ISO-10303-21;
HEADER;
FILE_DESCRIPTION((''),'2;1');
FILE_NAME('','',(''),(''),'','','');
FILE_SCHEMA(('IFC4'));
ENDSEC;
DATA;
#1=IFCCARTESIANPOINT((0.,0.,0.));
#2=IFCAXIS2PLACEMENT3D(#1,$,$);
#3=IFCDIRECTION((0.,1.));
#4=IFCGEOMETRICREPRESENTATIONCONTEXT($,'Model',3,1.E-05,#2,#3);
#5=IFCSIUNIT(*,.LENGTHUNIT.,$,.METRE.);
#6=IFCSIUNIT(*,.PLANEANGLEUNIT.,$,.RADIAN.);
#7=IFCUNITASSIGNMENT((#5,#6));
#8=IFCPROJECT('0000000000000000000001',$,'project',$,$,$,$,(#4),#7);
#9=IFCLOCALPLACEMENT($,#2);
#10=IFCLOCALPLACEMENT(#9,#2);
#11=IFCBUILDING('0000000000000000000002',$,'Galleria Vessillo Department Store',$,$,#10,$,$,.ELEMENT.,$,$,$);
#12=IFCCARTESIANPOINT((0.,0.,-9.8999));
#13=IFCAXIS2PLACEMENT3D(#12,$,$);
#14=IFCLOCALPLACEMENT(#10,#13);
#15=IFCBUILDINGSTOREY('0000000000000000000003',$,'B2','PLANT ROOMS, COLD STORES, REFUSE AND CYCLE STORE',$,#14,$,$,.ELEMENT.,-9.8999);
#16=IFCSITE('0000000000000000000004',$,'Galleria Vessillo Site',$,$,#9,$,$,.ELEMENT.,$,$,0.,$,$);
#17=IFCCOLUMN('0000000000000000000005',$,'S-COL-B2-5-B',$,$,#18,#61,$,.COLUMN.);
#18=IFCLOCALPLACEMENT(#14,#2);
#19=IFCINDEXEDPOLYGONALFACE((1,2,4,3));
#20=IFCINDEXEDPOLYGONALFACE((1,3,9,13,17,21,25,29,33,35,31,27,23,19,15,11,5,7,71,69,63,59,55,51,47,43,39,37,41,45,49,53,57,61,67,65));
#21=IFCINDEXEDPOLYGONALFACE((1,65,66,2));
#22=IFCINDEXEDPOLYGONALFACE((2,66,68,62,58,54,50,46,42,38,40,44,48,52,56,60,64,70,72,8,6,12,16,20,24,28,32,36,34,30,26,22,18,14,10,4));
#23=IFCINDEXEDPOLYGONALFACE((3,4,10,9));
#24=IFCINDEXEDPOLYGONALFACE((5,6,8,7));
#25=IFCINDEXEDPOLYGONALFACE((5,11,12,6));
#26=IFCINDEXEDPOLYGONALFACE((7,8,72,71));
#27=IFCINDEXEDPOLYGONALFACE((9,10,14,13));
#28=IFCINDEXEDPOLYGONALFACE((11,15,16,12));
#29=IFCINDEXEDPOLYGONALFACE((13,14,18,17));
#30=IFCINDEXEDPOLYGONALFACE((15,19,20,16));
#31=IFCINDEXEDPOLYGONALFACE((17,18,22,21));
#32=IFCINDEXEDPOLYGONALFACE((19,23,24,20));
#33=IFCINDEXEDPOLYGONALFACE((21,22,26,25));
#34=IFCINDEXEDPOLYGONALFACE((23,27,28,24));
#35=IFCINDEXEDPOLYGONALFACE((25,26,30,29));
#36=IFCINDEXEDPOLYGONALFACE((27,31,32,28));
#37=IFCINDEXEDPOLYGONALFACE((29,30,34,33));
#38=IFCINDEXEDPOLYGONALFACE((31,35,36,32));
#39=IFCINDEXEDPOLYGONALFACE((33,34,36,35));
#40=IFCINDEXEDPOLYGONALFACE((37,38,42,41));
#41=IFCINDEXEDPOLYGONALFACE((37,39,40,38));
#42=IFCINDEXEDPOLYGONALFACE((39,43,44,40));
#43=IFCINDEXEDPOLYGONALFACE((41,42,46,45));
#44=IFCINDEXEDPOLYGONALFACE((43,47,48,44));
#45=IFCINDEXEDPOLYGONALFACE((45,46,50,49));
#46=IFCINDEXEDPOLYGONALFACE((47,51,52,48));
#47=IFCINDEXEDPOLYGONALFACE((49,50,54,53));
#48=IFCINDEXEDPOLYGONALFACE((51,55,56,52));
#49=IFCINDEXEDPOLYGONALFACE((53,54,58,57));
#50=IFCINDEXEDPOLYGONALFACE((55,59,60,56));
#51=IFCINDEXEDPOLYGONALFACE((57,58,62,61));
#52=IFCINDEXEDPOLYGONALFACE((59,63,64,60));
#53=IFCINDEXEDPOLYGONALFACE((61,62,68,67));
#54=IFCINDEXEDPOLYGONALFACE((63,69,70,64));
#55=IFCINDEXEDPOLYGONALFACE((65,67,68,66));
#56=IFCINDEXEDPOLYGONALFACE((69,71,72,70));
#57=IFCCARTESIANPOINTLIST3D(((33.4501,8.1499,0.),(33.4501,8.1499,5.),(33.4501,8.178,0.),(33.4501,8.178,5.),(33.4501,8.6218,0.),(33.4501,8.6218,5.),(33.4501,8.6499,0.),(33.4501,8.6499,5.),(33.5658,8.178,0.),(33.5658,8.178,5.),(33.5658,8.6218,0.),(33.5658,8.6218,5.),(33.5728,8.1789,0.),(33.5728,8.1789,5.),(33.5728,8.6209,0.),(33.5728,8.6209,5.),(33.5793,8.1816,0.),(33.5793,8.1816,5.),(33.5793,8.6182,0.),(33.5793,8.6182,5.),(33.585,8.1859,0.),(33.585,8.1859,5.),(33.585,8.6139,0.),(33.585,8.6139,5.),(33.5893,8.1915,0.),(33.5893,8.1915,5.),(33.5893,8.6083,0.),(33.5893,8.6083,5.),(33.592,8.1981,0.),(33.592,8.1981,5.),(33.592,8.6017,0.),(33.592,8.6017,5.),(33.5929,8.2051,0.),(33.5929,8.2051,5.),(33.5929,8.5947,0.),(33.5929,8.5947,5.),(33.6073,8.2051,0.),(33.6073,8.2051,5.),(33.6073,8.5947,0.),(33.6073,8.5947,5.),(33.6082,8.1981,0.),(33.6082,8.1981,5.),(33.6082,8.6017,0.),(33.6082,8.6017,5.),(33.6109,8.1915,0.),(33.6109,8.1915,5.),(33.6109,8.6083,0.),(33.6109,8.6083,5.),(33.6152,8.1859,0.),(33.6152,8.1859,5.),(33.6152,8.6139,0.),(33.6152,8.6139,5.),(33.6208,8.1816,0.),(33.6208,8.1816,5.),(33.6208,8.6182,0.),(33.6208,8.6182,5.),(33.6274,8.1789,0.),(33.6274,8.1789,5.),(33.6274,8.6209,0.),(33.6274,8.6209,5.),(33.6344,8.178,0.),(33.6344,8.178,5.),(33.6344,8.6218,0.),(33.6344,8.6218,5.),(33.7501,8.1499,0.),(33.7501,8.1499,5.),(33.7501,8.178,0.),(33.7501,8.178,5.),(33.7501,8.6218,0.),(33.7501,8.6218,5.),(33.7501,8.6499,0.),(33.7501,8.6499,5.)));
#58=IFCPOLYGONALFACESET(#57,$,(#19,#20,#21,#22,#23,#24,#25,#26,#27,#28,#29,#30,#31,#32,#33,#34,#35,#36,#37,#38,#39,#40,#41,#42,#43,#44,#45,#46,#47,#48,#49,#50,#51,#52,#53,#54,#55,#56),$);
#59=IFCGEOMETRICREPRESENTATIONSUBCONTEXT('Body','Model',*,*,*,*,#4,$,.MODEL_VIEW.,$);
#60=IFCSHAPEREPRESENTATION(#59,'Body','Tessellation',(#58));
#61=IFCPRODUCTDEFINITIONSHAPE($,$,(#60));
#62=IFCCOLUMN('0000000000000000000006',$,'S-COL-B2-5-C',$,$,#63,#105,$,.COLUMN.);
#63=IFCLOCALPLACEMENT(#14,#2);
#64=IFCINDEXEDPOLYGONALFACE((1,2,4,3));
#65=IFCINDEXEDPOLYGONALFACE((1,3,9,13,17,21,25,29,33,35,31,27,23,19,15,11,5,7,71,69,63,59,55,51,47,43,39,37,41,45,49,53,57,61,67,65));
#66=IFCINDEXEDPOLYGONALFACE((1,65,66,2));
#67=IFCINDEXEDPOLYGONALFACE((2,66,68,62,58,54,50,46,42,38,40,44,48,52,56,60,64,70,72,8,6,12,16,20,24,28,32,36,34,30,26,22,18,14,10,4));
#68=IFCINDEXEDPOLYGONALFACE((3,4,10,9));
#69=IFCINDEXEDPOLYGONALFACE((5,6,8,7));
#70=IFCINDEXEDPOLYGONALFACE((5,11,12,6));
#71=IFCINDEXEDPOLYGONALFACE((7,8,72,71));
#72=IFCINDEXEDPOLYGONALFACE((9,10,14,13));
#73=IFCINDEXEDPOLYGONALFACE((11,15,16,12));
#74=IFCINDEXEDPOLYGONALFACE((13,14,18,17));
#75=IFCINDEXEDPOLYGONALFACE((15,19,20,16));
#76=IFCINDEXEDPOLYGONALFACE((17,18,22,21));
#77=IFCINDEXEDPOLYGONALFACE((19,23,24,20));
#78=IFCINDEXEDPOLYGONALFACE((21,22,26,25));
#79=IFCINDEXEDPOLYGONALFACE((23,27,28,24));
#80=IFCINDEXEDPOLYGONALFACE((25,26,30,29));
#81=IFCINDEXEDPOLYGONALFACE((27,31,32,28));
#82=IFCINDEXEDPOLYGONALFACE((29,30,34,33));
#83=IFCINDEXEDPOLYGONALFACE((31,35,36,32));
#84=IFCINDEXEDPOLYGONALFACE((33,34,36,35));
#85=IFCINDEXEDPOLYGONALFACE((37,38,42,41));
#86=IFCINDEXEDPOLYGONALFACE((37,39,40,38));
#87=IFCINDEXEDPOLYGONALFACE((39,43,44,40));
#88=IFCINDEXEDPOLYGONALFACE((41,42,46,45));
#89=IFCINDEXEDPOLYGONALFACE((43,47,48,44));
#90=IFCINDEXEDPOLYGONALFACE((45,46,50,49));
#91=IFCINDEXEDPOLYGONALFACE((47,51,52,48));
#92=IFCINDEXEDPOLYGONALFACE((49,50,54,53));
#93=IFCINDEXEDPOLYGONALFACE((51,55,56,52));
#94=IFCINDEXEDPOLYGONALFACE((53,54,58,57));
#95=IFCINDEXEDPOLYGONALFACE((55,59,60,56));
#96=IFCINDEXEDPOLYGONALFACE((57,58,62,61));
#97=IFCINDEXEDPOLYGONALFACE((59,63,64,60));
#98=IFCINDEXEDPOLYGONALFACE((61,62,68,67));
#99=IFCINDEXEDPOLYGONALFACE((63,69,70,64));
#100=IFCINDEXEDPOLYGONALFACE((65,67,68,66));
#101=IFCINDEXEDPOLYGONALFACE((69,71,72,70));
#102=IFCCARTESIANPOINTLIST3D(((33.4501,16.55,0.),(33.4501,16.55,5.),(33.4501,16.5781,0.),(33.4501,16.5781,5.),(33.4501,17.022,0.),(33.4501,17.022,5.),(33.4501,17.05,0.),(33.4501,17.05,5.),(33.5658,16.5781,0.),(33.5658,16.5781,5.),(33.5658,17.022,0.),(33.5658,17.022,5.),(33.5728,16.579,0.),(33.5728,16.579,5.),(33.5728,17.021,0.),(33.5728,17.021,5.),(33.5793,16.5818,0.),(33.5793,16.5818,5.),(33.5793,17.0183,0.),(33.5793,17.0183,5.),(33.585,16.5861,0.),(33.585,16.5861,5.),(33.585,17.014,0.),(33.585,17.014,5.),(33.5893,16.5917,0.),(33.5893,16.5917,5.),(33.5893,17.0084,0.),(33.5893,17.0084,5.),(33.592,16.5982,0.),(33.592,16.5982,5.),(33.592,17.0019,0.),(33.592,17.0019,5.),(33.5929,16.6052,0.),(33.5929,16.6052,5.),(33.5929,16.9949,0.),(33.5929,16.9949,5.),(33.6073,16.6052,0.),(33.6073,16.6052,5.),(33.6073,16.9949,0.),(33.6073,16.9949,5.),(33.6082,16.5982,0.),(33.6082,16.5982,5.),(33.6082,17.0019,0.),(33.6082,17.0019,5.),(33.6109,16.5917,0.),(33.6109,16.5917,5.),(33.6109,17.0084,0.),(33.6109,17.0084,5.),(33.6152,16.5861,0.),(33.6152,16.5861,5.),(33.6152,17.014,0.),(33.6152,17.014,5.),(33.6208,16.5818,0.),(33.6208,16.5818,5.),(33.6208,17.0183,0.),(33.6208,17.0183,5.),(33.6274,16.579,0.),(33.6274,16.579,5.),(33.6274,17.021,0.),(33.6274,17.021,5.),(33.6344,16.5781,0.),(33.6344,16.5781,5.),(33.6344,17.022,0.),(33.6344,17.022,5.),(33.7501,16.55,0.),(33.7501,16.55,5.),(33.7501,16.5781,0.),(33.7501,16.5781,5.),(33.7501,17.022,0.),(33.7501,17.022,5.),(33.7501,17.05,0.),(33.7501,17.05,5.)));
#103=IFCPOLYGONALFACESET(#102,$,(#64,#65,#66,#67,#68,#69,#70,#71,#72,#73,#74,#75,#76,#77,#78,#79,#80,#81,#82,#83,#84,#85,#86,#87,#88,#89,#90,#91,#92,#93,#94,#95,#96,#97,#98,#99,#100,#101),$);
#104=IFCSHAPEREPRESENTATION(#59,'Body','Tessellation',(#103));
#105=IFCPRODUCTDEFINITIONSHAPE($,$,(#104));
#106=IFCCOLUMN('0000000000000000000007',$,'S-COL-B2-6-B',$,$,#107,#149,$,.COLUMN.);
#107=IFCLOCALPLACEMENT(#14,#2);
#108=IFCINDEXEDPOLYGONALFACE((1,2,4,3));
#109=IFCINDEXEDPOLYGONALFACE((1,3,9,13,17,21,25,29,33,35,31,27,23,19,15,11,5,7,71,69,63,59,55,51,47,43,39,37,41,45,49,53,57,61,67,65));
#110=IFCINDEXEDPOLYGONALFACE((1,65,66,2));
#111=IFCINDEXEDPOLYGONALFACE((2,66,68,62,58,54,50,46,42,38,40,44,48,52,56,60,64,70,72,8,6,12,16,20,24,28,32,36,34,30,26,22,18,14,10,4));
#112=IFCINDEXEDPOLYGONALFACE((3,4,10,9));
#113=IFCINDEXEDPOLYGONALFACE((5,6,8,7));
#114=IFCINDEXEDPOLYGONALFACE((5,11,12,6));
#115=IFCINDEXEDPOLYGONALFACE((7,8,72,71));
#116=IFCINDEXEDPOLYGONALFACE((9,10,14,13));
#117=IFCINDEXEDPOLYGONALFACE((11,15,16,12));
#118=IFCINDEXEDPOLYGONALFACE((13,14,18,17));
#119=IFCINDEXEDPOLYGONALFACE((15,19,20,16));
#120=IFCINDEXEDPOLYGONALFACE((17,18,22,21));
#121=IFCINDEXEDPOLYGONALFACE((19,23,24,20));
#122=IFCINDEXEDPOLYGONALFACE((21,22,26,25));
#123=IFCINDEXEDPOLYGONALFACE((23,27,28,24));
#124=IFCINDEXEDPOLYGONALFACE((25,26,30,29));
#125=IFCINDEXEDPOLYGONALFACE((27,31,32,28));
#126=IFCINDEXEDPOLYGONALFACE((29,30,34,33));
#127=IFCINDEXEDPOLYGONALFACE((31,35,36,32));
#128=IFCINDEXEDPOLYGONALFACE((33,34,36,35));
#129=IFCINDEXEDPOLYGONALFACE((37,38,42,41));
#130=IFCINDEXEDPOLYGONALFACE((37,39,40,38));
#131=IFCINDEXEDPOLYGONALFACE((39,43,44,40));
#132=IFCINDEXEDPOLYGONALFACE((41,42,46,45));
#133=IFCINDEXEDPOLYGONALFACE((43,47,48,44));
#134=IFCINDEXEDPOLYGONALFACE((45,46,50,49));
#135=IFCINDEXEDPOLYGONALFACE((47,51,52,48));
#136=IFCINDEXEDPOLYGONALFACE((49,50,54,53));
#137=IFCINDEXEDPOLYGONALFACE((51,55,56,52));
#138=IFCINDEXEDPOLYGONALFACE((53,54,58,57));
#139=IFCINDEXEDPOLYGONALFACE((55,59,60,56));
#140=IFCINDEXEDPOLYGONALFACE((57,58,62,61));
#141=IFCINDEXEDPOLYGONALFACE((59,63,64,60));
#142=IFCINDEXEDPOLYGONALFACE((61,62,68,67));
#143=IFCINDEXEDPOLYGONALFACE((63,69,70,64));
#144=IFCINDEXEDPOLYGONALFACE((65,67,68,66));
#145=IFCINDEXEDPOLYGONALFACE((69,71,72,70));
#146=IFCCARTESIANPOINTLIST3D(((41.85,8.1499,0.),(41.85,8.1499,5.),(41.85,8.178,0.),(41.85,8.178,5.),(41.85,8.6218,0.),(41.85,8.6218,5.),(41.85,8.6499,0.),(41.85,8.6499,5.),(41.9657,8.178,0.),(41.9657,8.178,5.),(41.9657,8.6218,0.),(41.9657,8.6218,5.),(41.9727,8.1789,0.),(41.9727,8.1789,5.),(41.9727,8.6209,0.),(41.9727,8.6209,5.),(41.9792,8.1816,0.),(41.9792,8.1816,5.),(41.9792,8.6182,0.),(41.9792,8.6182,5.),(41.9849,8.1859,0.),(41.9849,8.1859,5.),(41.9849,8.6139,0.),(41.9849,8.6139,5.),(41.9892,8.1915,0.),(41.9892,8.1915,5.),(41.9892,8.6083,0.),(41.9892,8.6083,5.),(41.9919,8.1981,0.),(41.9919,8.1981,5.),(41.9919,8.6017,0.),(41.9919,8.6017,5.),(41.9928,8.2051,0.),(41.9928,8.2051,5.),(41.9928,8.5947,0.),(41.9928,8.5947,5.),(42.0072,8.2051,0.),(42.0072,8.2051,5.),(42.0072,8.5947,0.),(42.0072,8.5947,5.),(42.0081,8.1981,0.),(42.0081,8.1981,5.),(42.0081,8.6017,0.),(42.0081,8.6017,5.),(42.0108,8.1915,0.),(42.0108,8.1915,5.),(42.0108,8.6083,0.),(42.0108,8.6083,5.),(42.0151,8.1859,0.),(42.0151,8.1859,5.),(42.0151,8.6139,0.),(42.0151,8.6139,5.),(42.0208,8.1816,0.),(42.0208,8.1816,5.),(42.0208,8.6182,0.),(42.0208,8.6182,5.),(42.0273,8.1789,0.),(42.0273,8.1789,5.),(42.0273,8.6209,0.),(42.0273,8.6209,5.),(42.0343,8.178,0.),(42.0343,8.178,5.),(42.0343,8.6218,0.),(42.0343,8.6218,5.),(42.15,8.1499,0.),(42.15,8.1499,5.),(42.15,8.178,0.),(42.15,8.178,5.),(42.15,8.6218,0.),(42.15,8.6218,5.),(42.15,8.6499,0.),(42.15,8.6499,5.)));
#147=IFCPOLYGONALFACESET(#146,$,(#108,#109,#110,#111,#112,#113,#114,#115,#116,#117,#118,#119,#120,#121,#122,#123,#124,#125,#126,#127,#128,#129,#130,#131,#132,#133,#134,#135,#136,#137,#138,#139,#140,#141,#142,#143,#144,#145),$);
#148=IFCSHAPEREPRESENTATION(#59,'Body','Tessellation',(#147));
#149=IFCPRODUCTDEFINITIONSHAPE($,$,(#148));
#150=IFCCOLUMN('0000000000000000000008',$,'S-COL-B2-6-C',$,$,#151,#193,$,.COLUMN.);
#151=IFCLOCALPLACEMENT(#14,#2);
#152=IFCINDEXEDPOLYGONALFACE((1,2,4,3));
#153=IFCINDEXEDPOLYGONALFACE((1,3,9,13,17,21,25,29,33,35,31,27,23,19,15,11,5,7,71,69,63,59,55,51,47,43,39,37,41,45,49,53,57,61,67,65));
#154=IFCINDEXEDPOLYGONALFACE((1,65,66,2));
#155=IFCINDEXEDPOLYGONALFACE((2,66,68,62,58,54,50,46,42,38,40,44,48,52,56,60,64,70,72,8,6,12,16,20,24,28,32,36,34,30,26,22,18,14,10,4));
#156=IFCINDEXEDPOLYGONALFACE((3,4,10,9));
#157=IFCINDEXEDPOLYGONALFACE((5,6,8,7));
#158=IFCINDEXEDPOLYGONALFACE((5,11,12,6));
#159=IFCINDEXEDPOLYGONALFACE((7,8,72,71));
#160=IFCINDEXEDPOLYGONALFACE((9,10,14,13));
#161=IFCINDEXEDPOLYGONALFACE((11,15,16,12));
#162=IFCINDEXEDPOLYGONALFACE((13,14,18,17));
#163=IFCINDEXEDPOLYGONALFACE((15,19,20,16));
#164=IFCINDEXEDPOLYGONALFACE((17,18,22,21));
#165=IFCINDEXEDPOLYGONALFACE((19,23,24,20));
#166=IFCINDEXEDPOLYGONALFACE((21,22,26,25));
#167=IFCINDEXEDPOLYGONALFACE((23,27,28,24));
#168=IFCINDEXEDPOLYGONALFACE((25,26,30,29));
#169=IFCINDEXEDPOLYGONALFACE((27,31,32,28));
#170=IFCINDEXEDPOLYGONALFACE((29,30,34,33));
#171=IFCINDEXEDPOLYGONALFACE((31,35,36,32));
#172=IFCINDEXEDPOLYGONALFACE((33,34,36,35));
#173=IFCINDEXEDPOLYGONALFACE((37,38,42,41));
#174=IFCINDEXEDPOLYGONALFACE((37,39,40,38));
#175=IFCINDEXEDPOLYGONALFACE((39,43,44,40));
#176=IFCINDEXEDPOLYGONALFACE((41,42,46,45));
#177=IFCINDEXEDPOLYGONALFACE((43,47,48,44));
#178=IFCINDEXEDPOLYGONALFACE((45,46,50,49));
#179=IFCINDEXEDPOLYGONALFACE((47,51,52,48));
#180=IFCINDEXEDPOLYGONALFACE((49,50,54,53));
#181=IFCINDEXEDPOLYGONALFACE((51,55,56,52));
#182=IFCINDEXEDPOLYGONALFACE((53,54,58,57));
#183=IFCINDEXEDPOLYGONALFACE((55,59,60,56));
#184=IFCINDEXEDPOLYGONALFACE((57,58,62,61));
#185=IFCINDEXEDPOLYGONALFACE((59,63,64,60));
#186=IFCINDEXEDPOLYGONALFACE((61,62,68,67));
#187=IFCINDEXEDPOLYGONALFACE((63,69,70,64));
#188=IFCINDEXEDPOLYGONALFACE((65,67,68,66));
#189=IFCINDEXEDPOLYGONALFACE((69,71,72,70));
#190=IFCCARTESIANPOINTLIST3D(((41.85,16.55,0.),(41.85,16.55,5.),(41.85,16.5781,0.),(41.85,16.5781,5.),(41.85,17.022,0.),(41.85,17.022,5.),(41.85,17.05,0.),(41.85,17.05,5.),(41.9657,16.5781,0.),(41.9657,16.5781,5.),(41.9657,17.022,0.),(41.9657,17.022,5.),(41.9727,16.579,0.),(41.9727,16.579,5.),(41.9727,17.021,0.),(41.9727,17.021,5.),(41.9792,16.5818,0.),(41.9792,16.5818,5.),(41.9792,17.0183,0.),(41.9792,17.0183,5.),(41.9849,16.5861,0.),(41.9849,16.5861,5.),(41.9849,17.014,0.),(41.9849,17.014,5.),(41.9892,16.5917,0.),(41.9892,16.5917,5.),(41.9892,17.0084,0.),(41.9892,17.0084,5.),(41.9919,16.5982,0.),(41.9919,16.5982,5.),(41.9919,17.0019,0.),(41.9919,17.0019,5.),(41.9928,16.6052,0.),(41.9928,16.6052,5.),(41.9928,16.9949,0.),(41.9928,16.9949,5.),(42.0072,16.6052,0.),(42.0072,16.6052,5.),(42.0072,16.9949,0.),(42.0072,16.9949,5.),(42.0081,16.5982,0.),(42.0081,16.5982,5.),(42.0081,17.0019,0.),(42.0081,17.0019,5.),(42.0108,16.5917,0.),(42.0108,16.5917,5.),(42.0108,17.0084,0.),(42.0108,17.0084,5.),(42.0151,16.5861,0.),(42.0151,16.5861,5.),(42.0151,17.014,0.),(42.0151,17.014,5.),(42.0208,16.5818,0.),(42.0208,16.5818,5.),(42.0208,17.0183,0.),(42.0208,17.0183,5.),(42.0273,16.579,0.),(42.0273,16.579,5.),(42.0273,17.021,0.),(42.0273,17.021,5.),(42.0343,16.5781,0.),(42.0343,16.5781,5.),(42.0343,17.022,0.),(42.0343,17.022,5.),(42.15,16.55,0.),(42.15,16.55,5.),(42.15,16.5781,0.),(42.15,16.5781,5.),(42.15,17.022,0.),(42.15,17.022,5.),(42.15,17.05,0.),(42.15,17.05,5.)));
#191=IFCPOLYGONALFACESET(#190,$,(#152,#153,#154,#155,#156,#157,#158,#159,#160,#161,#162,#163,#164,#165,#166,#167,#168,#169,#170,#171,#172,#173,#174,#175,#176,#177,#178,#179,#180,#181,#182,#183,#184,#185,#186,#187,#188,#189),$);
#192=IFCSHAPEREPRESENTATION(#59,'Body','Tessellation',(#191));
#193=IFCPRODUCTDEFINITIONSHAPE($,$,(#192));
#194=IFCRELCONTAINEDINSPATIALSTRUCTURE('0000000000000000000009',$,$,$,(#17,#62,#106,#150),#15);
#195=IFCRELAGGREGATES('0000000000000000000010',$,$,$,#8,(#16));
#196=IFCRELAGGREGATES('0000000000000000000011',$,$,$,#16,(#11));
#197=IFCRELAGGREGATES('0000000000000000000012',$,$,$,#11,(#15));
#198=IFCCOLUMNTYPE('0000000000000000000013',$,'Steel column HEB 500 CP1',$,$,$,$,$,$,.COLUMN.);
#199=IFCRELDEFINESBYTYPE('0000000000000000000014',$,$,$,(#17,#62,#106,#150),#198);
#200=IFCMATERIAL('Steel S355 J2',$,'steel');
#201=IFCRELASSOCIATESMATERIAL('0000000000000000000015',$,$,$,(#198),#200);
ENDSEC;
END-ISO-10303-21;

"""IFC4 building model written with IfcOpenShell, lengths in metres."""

from ifc_helpers import new_model, si_unit, direction, frame, origin, origin_2d, place, context, subcontext, project, spatial, i_section, extrude, material, material_profile, profile_set, type_object, element, save


model = new_model("IFC4")

# Units and contexts
model_context = context("Model", 3, precision=1e-05, world=origin(), true_north=direction((0.0, 1.0)))
body_context = subcontext(model_context, "Body", "Model", "MODEL_VIEW")
ifc_project = project(units=[si_unit("LENGTHUNIT", "METRE"), si_unit("PLANEANGLEUNIT", "RADIAN")], contexts=[model_context])

# Site, building, storey
site_placement = place(None, origin())
site = spatial("IfcSite", under=ifc_project, at=site_placement, Name="Galleria Vessillo Site", CompositionType="ELEMENT", RefElevation=0.0)
building_placement = place(site_placement, origin())
building = spatial("IfcBuilding", under=site, at=building_placement, Name="Galleria Vessillo Department Store", CompositionType="ELEMENT")
storey_placement = place(building_placement, frame((0.0, 0.0, -9.8999)))
storey = spatial("IfcBuildingStorey", under=building, at=storey_placement, Name="B2", Description="PLANT ROOMS, COLD STORES, REFUSE AND CYCLE STORE", CompositionType="ELEMENT", Elevation=-9.8999)

# Columns
ifc_material_1 = material(Name="Steel S355 J2", Category="steel")
ifc_material_profile_1 = material_profile(ifc_material_1, i_section(OverallWidth=0.3, OverallDepth=0.5, WebThickness=0.0144, FlangeThickness=0.0281, FilletRadius=0.0271, at=origin_2d()), Name="HEB 500")
ifc_profile_set_1 = profile_set([ifc_material_profile_1], Name="Steel S355 J2")
column_type_1 = type_object("IfcColumnType", Name="Steel column HEB 500 CP1", PredefinedType="COLUMN", material=ifc_profile_set_1)
for number, where, z_axis, x_axis, name in (
    (1, (33.6001, 8.3999, 0.0), (0.0, 0.0, 1.0), (1.0, 0.0, 0.0), "S-COL-B2-5-B"),
    (2, (33.6001, 16.8, 0.0), (0.0, 0.0, 1.0), (1.0, 0.0, 0.0), "S-COL-B2-5-C"),
    (3, (42.0, 8.3999, 0.0), (0.0, 0.0, 1.0), (1.0, 0.0, 0.0), "S-COL-B2-6-B"),
    (4, (42.0, 16.8, 0.0), (0.0, 0.0, 1.0), (1.0, 0.0, 0.0), "S-COL-B2-6-C"),
):
    element("IfcColumn", number, at=place(storey_placement, frame(where, z_axis=z_axis, x_axis=x_axis)), inside=storey, type_object=column_type_1, Name=name, PredefinedType="COLUMN", context=body_context, shape_type="SweptSolid", body=[
        extrude(i_section(OverallWidth=0.3, OverallDepth=0.5, WebThickness=0.0144, FlangeThickness=0.0281, FilletRadius=0.0271, at=origin_2d()), origin(), (0.0, 0.0, 1.0), 5.0),
    ])

save(model, "model.ifc")
